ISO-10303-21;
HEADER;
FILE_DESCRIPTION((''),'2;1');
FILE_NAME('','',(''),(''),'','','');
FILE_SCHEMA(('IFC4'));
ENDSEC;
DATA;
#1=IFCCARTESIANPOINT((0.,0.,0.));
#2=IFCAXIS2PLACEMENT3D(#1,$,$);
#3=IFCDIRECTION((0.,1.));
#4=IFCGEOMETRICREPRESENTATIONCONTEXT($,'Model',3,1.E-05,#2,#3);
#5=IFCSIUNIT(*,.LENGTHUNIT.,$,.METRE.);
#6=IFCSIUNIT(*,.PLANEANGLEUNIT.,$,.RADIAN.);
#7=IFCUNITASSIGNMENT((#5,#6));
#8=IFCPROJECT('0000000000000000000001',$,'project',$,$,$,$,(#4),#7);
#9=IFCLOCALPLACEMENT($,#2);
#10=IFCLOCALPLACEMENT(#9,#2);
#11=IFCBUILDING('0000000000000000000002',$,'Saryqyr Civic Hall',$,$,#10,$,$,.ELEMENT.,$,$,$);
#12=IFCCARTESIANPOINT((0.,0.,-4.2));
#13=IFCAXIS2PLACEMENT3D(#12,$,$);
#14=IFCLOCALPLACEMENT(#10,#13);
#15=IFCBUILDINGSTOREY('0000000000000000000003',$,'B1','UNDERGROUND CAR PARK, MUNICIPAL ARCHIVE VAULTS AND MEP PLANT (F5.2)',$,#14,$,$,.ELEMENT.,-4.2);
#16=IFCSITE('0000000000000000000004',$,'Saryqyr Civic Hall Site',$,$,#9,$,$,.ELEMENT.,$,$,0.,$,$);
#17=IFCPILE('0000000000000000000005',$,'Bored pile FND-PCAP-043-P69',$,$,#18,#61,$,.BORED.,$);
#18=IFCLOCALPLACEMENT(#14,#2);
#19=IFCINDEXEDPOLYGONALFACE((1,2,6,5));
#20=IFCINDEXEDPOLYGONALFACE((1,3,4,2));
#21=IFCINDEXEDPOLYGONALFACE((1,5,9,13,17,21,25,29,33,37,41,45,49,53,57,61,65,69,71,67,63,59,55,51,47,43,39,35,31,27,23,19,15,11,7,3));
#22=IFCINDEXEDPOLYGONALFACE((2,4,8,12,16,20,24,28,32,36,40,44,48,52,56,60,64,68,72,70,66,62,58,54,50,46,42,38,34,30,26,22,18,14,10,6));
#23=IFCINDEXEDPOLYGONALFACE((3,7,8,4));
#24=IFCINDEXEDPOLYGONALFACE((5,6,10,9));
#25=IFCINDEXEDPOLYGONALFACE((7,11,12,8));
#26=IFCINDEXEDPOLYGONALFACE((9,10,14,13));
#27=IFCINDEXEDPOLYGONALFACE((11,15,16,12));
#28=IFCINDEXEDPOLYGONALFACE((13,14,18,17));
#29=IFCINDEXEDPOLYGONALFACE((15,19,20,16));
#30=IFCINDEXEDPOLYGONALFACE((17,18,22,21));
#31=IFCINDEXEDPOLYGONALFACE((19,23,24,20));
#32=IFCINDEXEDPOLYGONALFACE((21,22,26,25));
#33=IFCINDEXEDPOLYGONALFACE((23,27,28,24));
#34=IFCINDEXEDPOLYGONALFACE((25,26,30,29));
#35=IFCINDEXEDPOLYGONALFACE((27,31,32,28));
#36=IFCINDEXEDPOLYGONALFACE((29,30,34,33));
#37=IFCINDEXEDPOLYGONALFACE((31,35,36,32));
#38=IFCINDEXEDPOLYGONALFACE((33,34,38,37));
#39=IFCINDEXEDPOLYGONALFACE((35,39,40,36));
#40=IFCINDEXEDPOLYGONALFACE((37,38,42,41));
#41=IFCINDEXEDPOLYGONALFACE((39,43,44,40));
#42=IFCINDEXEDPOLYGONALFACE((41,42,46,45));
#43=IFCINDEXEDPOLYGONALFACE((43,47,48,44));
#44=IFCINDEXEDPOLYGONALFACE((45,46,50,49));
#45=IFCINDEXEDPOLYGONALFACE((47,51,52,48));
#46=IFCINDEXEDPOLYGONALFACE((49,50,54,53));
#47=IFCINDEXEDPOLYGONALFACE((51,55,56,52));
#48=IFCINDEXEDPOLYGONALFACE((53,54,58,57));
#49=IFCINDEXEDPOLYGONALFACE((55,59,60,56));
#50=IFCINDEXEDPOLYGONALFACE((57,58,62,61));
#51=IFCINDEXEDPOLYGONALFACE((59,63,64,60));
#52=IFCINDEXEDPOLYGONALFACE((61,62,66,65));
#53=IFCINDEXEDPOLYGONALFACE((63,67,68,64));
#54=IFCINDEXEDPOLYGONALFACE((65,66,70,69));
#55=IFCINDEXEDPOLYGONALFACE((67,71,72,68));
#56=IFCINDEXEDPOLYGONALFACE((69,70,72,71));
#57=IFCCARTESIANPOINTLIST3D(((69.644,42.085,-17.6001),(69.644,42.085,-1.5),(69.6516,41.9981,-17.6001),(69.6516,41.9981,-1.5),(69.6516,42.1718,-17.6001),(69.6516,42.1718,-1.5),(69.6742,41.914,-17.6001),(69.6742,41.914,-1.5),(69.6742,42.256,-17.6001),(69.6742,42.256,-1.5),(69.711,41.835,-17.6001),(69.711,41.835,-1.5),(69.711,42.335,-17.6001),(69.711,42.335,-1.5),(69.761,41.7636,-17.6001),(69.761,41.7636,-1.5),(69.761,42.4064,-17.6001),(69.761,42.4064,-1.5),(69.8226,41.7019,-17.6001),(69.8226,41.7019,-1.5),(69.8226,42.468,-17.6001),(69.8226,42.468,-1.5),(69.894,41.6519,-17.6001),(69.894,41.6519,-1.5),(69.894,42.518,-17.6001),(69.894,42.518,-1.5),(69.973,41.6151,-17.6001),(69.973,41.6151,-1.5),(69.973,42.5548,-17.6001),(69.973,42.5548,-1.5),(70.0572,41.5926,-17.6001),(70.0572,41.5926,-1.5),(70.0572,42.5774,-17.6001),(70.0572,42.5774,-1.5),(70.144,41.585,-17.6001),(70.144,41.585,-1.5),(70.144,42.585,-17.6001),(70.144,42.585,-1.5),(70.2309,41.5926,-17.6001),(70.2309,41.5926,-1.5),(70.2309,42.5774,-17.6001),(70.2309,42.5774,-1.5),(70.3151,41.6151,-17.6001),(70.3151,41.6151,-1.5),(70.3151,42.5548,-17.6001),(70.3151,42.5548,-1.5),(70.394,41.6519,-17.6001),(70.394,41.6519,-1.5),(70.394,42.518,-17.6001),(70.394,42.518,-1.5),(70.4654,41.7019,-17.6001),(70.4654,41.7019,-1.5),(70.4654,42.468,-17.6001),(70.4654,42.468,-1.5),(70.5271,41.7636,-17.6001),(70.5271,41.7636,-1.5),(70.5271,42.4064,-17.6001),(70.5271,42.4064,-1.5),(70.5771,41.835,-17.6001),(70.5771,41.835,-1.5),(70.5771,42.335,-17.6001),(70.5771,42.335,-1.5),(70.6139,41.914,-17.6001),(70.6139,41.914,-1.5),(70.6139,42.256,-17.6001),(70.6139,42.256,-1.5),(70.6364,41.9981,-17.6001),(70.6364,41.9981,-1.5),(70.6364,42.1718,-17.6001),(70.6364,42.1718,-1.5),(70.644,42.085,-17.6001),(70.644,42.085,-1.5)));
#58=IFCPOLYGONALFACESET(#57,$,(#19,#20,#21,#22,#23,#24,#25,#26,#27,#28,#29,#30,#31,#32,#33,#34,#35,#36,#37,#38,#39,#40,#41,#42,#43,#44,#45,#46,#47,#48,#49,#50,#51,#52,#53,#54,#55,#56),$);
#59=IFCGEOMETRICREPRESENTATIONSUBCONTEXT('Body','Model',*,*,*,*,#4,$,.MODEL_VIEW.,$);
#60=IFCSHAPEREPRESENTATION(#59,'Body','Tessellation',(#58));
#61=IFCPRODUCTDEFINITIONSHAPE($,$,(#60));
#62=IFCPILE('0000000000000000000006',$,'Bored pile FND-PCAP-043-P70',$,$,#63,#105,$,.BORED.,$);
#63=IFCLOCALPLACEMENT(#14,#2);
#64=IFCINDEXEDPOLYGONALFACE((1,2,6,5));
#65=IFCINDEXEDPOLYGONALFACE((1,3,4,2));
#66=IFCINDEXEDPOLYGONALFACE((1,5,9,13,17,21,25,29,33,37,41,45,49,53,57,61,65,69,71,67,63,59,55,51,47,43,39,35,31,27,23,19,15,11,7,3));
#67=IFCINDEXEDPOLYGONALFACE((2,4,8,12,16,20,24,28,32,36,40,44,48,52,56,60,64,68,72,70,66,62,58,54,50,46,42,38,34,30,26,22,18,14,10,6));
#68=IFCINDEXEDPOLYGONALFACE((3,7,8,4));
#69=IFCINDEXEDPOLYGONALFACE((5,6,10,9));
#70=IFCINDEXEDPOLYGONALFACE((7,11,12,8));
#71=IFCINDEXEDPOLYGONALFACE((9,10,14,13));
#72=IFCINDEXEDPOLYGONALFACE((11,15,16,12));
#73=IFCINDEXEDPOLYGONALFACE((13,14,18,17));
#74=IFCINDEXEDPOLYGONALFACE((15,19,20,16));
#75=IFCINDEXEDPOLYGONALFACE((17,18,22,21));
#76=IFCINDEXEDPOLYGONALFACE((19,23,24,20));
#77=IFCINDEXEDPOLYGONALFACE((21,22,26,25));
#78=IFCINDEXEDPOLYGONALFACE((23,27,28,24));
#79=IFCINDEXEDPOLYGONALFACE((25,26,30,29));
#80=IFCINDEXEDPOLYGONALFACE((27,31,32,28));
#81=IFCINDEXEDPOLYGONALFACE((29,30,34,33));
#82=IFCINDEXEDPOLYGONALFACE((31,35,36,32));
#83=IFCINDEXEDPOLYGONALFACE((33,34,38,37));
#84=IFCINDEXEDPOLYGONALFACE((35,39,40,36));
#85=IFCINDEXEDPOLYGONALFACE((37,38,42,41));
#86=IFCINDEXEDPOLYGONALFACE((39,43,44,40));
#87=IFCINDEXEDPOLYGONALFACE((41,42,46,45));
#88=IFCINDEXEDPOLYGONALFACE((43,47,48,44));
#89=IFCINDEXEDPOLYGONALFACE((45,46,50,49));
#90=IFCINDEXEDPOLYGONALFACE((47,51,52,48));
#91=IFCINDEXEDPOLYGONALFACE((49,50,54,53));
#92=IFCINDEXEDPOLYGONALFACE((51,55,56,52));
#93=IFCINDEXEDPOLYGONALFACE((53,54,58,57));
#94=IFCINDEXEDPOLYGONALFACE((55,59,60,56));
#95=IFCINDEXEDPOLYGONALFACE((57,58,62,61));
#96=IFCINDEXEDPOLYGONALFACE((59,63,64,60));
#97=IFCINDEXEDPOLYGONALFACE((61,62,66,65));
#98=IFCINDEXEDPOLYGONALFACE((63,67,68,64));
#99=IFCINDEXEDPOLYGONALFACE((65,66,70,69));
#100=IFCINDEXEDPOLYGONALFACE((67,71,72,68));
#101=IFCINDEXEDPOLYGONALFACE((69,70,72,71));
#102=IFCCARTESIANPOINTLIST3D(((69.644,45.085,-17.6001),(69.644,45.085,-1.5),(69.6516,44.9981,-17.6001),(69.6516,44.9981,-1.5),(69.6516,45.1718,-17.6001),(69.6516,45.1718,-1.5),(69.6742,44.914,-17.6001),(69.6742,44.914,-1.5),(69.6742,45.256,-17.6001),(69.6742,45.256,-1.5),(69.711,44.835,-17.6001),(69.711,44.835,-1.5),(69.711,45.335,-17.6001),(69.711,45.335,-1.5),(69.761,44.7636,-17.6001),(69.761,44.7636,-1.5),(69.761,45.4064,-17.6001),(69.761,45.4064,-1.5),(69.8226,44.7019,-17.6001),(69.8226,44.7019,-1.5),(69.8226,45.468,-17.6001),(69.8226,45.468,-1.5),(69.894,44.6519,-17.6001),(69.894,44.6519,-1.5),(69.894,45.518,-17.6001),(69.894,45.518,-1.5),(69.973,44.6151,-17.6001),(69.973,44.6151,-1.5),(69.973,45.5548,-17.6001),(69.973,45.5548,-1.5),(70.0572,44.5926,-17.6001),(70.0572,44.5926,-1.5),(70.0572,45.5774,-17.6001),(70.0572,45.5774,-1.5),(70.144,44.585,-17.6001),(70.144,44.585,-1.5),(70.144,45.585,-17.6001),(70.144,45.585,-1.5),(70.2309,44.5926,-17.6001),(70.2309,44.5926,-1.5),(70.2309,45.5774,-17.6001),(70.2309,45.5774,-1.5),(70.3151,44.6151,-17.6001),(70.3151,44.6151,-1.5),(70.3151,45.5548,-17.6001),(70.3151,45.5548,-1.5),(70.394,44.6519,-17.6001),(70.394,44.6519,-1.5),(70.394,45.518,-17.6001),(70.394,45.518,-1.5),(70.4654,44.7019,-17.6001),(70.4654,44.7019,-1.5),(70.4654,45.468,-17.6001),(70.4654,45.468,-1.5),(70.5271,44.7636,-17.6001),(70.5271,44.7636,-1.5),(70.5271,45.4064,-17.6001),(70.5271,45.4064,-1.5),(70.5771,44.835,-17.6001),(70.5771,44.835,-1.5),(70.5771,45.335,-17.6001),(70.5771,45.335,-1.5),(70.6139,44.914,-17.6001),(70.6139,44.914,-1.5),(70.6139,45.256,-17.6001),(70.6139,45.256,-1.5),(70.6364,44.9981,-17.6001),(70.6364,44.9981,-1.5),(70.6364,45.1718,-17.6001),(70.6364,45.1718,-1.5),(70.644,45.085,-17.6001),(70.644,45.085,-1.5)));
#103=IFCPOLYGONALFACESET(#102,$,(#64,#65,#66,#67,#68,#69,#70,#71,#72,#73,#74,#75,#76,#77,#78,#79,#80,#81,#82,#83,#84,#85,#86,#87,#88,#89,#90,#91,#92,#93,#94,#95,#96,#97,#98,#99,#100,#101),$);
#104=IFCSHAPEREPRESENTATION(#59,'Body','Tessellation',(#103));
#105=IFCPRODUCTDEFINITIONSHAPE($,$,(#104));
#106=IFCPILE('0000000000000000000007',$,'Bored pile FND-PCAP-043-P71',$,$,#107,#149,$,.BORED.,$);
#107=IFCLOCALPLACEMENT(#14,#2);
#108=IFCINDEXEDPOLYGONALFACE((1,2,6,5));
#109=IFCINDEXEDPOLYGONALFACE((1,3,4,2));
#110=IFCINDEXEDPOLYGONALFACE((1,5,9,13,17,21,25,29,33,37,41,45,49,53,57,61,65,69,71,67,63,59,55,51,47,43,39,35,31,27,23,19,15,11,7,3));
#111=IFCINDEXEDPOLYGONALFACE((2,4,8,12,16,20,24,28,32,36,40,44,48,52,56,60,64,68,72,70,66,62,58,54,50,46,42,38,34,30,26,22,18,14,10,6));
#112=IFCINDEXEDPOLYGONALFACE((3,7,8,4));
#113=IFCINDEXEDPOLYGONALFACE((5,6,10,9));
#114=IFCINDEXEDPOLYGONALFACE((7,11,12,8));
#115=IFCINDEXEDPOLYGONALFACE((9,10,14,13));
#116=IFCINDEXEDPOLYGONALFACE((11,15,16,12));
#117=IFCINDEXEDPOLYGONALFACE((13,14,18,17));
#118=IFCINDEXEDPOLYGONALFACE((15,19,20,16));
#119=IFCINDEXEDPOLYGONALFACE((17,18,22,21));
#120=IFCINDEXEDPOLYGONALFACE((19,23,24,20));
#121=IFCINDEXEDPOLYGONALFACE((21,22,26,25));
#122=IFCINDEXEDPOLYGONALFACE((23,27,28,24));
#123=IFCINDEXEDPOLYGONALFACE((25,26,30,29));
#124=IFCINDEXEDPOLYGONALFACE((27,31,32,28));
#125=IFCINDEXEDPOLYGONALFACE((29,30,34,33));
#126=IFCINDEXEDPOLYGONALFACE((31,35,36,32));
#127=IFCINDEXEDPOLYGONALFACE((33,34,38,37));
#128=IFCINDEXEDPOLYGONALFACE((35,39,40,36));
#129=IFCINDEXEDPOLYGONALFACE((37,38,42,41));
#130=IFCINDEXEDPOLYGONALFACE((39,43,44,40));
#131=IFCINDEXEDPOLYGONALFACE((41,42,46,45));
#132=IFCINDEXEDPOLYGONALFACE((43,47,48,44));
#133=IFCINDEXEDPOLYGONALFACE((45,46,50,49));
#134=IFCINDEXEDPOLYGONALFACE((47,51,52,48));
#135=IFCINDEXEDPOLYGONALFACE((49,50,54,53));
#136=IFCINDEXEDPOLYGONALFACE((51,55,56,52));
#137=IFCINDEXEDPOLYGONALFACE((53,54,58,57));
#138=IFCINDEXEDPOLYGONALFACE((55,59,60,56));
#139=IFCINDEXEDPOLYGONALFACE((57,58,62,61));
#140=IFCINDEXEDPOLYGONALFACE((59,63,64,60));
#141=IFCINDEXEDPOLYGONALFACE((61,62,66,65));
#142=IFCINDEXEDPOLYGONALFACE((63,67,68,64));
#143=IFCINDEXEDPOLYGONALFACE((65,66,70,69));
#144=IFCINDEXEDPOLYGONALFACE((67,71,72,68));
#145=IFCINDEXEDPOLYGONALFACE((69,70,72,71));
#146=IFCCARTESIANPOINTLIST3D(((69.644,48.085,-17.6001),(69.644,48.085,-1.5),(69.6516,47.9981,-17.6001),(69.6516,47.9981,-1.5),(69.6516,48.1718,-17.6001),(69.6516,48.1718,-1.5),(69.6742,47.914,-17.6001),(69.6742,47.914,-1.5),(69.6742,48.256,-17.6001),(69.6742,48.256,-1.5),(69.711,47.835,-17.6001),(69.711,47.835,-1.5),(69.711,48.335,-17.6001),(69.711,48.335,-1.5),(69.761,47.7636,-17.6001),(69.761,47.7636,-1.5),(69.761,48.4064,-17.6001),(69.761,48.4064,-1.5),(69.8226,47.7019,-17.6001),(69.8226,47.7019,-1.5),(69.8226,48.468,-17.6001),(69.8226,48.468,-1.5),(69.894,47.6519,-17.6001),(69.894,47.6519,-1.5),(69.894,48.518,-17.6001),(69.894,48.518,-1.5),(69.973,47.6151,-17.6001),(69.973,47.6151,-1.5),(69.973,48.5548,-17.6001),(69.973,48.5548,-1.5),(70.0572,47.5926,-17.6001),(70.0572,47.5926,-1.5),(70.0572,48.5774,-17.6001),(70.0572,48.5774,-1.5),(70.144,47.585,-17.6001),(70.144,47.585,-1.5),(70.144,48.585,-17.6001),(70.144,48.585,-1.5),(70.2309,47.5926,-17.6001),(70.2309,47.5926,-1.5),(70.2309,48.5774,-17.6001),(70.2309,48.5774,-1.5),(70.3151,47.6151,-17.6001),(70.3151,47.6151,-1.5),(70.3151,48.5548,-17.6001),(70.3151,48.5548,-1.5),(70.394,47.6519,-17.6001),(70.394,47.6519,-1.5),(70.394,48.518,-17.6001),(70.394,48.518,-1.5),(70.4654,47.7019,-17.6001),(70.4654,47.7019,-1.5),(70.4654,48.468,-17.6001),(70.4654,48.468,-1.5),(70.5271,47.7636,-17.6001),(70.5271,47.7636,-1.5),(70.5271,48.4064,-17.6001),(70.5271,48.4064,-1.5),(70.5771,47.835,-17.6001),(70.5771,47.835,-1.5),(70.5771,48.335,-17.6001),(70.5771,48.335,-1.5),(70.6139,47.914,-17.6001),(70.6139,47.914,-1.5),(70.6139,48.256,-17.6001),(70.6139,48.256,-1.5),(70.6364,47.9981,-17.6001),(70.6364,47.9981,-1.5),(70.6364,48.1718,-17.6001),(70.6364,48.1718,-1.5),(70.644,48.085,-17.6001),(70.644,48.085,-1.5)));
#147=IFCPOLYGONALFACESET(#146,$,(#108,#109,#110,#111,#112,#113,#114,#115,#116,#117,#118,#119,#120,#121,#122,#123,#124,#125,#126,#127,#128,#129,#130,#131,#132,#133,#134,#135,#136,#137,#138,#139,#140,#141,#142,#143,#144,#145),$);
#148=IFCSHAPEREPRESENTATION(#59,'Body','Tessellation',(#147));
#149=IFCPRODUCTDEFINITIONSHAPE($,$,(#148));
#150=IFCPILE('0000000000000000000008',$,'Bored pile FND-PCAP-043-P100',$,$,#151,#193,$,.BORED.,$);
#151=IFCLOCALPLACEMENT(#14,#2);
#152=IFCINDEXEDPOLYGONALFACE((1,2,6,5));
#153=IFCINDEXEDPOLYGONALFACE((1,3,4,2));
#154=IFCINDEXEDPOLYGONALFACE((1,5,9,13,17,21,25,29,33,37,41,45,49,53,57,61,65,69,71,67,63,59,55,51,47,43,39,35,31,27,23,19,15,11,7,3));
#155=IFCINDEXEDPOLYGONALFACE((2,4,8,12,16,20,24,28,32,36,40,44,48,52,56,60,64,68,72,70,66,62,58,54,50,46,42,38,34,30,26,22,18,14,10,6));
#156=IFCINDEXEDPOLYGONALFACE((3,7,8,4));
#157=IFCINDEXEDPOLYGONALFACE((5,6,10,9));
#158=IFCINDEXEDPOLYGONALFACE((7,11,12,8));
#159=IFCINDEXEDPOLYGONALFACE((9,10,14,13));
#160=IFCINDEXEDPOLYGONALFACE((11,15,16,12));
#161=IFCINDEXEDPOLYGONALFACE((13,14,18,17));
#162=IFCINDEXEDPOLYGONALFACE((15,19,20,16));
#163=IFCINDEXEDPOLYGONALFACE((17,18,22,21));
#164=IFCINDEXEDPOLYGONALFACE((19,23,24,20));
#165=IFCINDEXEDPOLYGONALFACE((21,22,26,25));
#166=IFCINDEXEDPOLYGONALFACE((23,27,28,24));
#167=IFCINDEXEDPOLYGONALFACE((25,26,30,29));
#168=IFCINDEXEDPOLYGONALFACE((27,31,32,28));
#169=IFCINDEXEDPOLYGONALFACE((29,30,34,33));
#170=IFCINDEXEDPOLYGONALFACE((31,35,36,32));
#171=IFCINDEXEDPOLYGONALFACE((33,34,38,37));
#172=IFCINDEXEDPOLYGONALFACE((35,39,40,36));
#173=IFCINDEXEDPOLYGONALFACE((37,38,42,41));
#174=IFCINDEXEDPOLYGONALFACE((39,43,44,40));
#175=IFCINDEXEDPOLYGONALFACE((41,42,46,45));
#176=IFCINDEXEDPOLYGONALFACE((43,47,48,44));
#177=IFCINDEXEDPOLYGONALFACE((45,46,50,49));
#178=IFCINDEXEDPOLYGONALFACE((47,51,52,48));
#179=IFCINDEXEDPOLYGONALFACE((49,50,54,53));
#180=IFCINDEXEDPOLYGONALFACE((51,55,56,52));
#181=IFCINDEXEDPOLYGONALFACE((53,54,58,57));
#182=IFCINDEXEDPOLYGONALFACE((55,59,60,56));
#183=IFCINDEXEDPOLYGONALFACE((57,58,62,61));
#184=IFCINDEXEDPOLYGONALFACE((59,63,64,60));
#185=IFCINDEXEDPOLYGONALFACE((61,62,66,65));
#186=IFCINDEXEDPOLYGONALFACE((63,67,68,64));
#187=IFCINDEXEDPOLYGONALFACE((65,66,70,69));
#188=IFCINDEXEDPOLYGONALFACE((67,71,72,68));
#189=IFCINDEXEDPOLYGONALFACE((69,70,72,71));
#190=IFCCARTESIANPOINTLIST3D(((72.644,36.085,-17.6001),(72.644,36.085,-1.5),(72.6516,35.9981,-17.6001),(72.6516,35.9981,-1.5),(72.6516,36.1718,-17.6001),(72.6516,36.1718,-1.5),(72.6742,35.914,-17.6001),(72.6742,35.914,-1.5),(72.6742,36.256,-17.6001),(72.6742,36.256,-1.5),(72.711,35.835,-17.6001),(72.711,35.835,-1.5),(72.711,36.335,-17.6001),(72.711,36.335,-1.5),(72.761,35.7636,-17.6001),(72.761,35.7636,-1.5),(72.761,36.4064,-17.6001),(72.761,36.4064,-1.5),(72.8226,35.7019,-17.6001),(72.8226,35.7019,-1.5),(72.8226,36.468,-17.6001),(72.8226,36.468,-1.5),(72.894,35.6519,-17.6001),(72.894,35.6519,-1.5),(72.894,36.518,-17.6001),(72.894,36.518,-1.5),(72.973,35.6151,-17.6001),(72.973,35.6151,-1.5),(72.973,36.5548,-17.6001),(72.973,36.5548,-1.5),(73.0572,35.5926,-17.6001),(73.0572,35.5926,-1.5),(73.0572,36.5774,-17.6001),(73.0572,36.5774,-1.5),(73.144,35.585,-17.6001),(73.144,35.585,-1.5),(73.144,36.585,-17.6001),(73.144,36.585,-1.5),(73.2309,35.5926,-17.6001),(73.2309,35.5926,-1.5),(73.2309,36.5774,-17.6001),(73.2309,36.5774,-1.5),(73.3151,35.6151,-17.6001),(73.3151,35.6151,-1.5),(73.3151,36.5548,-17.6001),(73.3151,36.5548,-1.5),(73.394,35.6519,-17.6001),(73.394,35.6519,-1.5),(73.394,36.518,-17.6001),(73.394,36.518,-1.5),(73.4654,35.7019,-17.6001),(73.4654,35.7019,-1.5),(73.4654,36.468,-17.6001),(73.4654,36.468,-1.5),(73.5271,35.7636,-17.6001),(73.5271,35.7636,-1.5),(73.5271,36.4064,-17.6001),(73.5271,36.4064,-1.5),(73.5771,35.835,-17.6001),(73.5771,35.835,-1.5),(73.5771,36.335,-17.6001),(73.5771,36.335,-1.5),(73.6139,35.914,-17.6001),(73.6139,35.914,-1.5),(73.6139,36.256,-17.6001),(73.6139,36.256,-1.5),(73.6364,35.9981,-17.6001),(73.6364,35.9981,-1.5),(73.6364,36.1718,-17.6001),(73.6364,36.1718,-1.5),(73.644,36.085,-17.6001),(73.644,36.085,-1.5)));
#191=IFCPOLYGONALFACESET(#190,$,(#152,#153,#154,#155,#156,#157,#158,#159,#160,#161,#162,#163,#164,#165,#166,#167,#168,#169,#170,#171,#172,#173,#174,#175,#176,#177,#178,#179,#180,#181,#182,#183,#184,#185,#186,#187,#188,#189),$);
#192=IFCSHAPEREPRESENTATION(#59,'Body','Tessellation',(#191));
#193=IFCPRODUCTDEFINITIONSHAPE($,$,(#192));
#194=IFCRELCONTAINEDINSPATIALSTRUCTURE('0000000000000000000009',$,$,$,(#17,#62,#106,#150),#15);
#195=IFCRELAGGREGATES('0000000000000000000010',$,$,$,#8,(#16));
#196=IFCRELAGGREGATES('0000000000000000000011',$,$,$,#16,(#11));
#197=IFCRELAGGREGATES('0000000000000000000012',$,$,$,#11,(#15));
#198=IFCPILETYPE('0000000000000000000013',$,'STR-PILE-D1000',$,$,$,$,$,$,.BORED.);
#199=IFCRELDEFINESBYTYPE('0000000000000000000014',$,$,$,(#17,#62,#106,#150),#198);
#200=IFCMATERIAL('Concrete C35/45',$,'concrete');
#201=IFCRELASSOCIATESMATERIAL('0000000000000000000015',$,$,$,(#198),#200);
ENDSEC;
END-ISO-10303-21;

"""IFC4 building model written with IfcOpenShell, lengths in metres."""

from ifc_helpers import new_model, si_unit, direction, frame, origin, origin_2d, place, context, subcontext, project, spatial, circle, extrude, material, material_profile, profile_set, type_object, element, save


model = new_model("IFC4")

# Units and contexts
model_context = context("Model", 3, precision=1e-05, world=origin(), true_north=direction((0.0, 1.0)))
body_context = subcontext(model_context, "Body", "Model", "MODEL_VIEW")
ifc_project = project(units=[si_unit("LENGTHUNIT", "METRE"), si_unit("PLANEANGLEUNIT", "RADIAN")], contexts=[model_context])

# Site, building, storey
site_placement = place(None, origin())
site = spatial("IfcSite", under=ifc_project, at=site_placement, Name="Saryqyr Civic Hall Site", CompositionType="ELEMENT", RefElevation=0.0)
building_placement = place(site_placement, origin())
building = spatial("IfcBuilding", under=site, at=building_placement, Name="Saryqyr Civic Hall", CompositionType="ELEMENT")
storey_placement = place(building_placement, frame((0.0, 0.0, -4.2)))
storey = spatial("IfcBuildingStorey", under=building, at=storey_placement, Name="B1", Description="UNDERGROUND CAR PARK, MUNICIPAL ARCHIVE VAULTS AND MEP PLANT (F5.2)", CompositionType="ELEMENT", Elevation=-4.2)

# Piles
ifc_material_1 = material(Name="Concrete C35/45", Category="concrete")
ifc_material_profile_1 = material_profile(ifc_material_1, circle(Radius=0.5, at=origin_2d()), Name="BORED PILE D1000")
ifc_profile_set_1 = profile_set([ifc_material_profile_1], Name="Concrete C35/45")
pile_type = type_object("IfcPileType", Name="STR-PILE-D1000", PredefinedType="BORED", material=ifc_profile_set_1)
for number, where, z_axis, x_axis, name in (
    (1, (70.144, 42.085, -1.5), (0.0, 0.0, -1.0), (1.0, 0.0, 0.0), "Bored pile FND-PCAP-043-P69"),
    (2, (70.144, 45.085, -1.5), (0.0, 0.0, -1.0), (1.0, 0.0, 0.0), "Bored pile FND-PCAP-043-P70"),
    (3, (70.144, 48.085, -1.5), (0.0, 0.0, -1.0), (1.0, 0.0, 0.0), "Bored pile FND-PCAP-043-P71"),
    (4, (73.144, 36.085, -1.5), (0.0, 0.0, -1.0), (1.0, 0.0, 0.0), "Bored pile FND-PCAP-043-P100"),
):
    element("IfcPile", number, at=place(storey_placement, frame(where, z_axis=z_axis, x_axis=x_axis)), inside=storey, type_object=pile_type, Name=name, PredefinedType="BORED", context=body_context, shape_type="SweptSolid", body=[
        extrude(circle(Radius=0.5, at=origin_2d()), origin(), (0.0, 0.0, 1.0), 16.1001),
    ])

save(model, "model.ifc")
